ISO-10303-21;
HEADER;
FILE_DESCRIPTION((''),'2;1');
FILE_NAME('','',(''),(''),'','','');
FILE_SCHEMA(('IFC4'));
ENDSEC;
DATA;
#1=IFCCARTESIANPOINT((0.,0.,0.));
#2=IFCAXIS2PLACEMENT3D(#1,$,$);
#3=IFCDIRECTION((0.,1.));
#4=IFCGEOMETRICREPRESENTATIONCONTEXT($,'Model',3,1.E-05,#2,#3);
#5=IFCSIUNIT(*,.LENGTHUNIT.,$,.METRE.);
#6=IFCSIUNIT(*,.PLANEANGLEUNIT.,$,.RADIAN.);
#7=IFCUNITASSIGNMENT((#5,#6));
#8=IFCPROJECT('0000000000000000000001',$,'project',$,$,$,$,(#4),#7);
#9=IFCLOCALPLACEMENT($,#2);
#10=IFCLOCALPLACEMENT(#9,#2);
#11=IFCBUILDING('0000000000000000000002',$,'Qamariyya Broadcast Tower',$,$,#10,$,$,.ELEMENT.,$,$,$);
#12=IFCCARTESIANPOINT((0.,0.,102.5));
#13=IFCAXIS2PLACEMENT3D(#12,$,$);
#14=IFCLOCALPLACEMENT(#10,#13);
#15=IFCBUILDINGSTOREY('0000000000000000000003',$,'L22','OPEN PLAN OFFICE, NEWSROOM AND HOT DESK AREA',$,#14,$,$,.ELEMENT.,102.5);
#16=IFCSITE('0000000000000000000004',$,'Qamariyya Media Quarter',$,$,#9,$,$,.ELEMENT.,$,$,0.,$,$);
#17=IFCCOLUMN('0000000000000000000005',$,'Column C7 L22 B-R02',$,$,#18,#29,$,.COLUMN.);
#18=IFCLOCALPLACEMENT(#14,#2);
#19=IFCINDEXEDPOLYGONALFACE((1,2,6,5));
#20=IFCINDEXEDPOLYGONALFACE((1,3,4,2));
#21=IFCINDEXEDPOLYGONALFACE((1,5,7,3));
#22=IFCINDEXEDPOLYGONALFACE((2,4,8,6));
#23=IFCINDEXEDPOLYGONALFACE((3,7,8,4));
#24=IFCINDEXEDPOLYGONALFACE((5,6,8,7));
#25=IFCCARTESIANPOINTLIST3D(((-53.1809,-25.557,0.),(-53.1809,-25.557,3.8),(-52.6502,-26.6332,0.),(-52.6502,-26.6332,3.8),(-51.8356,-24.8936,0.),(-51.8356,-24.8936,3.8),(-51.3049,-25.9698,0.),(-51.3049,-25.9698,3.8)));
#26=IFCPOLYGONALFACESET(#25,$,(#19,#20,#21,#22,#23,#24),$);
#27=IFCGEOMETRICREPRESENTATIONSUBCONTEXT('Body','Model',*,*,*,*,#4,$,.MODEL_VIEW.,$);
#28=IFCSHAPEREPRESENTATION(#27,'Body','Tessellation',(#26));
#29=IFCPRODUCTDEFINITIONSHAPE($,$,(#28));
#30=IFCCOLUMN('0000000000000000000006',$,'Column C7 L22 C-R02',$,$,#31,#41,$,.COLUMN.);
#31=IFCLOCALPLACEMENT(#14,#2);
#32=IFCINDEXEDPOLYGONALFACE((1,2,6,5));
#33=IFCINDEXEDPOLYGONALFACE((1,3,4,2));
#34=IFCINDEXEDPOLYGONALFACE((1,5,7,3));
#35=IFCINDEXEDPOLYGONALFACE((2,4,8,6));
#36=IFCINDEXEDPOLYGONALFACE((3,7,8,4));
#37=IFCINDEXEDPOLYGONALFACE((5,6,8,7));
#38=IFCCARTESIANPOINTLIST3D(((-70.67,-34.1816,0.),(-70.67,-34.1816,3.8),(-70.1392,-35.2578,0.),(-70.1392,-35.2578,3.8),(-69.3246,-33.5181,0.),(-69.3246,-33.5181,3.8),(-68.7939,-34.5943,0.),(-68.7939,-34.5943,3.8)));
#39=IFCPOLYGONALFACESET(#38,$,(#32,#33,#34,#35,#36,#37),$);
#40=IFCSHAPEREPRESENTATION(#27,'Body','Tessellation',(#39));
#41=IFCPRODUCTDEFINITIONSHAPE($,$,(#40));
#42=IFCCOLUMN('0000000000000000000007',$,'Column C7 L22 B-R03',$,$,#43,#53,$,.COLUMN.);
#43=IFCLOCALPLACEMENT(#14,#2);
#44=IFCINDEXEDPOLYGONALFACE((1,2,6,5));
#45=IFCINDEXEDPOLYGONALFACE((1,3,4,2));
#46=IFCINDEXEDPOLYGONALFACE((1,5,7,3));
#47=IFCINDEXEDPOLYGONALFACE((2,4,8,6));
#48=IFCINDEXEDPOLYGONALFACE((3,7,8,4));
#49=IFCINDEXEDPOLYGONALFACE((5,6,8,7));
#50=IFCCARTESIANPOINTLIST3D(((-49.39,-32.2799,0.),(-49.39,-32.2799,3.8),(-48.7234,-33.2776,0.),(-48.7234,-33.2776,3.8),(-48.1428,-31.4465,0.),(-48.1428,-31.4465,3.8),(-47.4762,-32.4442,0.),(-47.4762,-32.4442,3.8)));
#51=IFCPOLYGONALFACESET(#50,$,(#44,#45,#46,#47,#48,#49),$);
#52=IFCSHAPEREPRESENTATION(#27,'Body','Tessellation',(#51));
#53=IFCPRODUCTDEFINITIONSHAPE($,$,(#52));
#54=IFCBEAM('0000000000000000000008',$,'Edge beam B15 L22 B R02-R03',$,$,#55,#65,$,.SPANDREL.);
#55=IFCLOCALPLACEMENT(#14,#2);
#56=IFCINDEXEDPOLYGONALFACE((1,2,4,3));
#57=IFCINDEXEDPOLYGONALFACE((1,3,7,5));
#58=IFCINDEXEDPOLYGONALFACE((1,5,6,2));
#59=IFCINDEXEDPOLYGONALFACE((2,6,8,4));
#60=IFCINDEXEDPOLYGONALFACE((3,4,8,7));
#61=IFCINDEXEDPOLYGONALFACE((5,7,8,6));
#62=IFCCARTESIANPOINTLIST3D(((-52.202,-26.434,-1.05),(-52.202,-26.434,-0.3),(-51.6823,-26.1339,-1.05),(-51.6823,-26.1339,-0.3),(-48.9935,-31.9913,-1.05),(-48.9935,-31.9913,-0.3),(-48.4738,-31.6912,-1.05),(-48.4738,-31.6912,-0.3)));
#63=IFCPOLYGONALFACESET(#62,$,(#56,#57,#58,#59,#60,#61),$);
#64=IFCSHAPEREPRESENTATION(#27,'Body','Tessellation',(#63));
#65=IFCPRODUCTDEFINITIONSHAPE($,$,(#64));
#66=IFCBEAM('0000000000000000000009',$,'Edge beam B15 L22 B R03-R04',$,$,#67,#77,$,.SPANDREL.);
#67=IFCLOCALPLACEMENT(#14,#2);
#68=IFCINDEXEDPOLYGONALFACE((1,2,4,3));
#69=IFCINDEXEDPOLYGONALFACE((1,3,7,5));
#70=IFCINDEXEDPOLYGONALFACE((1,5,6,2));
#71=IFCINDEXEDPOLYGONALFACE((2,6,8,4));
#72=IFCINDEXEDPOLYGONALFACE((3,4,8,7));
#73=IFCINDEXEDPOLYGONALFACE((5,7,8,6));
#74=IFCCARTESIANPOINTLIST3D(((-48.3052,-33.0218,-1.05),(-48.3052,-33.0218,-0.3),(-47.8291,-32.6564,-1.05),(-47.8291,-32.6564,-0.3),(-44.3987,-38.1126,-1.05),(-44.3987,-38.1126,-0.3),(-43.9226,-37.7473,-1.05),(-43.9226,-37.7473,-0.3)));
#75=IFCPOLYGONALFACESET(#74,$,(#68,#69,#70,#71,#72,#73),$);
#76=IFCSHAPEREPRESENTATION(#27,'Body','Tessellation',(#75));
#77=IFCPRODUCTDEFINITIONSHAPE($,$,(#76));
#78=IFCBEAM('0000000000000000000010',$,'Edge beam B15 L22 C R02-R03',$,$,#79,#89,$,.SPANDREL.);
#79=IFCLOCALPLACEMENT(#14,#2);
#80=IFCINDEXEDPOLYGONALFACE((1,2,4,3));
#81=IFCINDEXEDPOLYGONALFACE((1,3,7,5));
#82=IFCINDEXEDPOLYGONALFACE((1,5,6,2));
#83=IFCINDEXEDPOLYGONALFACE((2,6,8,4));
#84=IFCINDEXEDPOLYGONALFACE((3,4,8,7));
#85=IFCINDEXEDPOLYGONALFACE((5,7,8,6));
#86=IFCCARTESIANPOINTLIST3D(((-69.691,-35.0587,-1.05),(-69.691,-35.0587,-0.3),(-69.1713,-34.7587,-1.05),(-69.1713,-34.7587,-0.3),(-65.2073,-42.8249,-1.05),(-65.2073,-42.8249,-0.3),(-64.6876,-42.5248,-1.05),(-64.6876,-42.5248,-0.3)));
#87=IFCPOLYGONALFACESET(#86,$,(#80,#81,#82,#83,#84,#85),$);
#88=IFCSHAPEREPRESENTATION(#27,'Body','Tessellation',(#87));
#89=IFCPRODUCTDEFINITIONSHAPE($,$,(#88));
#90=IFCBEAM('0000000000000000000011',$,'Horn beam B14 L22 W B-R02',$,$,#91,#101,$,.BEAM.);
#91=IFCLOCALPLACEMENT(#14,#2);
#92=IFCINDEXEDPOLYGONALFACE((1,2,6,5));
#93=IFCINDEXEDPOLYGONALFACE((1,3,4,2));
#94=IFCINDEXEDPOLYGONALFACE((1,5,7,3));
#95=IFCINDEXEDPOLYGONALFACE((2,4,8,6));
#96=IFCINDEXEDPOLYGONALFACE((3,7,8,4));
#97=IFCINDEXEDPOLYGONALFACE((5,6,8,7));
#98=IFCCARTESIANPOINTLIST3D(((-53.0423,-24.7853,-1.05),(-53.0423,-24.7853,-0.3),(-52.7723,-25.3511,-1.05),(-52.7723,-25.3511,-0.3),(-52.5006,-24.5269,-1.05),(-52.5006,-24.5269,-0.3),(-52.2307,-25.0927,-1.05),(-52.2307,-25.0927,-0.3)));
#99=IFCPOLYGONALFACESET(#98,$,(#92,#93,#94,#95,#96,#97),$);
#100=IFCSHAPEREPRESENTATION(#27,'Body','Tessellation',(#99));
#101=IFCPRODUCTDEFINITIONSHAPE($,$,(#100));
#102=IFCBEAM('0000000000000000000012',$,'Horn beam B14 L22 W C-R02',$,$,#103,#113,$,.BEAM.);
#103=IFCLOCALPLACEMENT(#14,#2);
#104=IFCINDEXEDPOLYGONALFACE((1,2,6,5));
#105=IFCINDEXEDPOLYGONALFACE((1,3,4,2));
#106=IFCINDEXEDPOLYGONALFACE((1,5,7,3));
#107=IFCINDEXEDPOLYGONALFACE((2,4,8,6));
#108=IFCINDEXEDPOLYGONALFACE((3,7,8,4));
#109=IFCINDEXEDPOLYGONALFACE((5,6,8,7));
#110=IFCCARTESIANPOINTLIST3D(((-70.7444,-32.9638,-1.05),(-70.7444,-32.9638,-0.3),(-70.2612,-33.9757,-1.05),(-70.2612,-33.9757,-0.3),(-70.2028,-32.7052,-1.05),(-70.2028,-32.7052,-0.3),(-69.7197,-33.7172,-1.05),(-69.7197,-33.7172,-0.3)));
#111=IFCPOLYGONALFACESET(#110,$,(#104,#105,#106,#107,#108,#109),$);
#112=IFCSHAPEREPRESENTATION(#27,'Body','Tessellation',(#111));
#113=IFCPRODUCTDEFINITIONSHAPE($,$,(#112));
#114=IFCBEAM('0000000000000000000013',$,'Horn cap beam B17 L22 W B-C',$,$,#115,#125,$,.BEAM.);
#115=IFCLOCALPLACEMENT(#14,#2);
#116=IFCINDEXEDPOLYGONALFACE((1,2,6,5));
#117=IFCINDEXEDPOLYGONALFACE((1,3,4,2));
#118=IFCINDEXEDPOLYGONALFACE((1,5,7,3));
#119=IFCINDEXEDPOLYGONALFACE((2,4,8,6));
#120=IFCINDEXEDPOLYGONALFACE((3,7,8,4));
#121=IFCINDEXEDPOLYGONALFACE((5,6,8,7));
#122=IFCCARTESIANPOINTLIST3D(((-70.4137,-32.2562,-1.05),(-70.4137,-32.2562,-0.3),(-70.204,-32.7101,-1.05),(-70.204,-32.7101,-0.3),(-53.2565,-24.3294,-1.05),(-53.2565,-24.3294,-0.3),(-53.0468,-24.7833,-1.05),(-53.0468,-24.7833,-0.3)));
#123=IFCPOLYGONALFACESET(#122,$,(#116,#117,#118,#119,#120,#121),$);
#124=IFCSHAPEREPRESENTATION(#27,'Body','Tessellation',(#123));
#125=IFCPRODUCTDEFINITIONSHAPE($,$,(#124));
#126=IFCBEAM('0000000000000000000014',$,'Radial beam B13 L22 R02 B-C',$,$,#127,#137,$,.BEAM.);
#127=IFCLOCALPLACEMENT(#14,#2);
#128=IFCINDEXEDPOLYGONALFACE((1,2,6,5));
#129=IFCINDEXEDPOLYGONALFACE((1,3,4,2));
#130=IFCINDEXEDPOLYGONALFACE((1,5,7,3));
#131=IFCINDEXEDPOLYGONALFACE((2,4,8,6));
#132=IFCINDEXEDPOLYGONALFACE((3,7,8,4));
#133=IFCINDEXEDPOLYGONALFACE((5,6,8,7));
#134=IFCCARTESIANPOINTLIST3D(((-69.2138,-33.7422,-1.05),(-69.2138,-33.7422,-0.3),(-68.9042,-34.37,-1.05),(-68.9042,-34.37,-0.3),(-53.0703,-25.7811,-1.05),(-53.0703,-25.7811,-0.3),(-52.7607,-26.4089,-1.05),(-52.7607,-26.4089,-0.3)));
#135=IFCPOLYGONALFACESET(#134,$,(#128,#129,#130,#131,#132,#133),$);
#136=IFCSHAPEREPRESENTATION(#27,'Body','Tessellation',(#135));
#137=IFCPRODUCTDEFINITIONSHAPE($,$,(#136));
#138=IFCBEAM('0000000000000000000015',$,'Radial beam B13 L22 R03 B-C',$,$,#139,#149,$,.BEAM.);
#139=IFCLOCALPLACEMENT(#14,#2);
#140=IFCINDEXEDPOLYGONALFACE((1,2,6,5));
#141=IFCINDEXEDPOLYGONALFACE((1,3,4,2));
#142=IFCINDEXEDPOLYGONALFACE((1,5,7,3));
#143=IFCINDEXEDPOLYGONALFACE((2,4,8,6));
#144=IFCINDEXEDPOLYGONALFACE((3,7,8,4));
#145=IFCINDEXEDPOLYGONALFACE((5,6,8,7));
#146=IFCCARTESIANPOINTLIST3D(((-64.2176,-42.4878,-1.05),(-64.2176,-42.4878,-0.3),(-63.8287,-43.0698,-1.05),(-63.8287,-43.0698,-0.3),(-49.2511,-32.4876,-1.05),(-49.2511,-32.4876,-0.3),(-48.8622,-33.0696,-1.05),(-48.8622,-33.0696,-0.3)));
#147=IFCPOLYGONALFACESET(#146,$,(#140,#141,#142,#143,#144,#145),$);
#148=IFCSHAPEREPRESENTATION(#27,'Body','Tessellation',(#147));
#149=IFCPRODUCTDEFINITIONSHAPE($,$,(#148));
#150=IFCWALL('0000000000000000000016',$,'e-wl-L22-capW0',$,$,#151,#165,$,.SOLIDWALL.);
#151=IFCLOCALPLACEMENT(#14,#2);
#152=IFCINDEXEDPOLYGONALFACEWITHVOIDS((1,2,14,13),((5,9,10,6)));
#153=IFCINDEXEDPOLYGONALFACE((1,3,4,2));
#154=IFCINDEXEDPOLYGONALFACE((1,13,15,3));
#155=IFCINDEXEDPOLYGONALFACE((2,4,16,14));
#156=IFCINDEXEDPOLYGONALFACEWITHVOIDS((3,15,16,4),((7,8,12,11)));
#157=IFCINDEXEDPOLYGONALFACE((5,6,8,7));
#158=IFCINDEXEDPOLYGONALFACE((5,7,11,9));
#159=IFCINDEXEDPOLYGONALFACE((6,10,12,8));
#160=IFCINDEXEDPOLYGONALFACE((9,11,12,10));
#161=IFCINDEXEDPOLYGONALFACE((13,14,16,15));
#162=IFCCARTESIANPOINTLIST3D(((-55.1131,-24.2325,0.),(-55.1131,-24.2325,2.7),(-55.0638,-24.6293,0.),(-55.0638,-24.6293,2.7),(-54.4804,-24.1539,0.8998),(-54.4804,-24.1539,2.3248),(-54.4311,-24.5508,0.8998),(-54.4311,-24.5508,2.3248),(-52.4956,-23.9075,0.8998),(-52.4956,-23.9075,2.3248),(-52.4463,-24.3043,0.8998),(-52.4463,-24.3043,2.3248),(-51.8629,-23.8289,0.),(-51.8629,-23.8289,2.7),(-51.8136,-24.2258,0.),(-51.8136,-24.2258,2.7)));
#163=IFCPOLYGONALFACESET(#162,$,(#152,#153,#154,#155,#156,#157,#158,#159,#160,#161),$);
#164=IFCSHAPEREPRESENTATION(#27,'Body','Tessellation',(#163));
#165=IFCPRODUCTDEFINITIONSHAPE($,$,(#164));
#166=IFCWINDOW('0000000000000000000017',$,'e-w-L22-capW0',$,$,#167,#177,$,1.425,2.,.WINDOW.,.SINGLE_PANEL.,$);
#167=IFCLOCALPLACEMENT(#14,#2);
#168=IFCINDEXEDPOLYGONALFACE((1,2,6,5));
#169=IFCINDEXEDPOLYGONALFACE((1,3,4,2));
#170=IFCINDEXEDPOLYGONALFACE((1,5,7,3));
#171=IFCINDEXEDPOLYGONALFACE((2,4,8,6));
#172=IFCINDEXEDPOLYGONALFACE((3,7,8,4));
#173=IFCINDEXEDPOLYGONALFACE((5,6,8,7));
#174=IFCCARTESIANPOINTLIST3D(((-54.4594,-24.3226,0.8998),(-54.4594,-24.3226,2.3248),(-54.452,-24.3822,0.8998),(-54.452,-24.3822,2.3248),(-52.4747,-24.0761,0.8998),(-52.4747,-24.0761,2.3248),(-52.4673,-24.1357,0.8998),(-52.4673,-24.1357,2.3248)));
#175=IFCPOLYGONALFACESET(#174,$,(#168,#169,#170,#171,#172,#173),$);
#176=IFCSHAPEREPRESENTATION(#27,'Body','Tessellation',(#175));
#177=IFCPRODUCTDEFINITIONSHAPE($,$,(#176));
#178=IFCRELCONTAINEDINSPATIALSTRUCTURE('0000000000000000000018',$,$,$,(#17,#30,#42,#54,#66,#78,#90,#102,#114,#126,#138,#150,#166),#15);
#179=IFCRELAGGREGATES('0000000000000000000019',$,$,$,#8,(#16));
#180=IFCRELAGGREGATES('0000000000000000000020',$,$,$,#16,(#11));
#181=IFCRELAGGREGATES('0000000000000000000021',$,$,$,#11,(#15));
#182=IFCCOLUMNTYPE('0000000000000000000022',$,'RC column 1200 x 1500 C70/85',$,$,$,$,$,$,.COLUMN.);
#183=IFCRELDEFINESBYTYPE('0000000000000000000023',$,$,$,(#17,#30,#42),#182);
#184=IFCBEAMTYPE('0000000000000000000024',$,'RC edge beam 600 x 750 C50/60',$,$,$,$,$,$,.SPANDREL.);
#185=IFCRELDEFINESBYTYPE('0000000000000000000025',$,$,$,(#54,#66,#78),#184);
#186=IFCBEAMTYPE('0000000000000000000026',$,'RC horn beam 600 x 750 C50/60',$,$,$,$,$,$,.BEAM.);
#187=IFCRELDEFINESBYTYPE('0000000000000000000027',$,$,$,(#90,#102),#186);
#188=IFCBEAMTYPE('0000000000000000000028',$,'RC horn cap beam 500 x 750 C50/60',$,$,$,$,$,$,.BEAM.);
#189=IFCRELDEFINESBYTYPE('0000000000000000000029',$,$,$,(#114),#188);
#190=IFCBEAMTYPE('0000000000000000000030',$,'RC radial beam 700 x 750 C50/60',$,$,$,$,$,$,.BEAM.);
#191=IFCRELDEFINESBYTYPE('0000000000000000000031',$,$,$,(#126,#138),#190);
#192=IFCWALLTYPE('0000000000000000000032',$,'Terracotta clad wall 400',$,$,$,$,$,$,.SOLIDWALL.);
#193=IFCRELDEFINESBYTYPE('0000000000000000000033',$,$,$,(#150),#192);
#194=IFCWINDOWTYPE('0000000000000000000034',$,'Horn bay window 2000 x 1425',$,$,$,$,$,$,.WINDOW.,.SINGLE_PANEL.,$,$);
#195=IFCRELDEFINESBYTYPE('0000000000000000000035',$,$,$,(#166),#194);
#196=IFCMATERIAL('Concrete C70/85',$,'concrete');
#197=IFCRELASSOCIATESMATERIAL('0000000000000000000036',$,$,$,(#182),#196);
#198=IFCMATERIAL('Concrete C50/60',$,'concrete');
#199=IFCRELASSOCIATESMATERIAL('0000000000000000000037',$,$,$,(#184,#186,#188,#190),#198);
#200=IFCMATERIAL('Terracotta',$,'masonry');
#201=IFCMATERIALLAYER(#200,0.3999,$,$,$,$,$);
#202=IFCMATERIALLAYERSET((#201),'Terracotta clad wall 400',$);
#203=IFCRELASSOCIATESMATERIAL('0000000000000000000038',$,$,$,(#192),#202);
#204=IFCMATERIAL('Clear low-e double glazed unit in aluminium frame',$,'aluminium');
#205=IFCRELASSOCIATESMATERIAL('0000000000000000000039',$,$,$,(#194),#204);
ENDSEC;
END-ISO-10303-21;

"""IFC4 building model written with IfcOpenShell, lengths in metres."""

from ifc_helpers import new_model, si_unit, direction, frame, frame_2d, origin, origin_2d, place, context, subcontext, project, spatial, rectangle, extrude, material, layer, layer_set, material_profile, profile_set, type_object, element, fill, save


model = new_model("IFC4")

# Units and contexts
model_context = context("Model", 3, precision=1e-05, world=origin(), true_north=direction((0.0, 1.0)))
body_context = subcontext(model_context, "Body", "Model", "MODEL_VIEW")
ifc_project = project(units=[si_unit("LENGTHUNIT", "METRE"), si_unit("PLANEANGLEUNIT", "RADIAN")], contexts=[model_context])

# Site, building, storey
site_placement = place(None, origin())
site = spatial("IfcSite", under=ifc_project, at=site_placement, Name="Qamariyya Media Quarter", CompositionType="ELEMENT", RefElevation=0.0)
building_placement = place(site_placement, origin())
building = spatial("IfcBuilding", under=site, at=building_placement, Name="Qamariyya Broadcast Tower", CompositionType="ELEMENT")
storey_placement = place(building_placement, frame((0.0, 0.0, 102.5)))
storey = spatial("IfcBuildingStorey", under=building, at=storey_placement, Name="L22", Description="OPEN PLAN OFFICE, NEWSROOM AND HOT DESK AREA", CompositionType="ELEMENT", Elevation=102.5)

# Columns
ifc_material_1 = material(Name="Concrete C70/85", Category="concrete")
ifc_material_profile_1 = material_profile(ifc_material_1, rectangle(XDim=1.2, YDim=1.5, at=origin_2d()))
ifc_profile_set_1 = profile_set([ifc_material_profile_1], Name="Concrete C70/85")
column_type = type_object("IfcColumnType", Name="RC column 1200 x 1500 C70/85", PredefinedType="COLUMN", material=ifc_profile_set_1)
for number, where, z_axis, x_axis, name in (
    (1, (-52.2429, -25.7634, 0.0), (0.0, 0.0, 1.0), (0.442289, -0.896873, 0.0), "Column C7 L22 B-R02"),
    (2, (-69.7319, -34.3879, 0.0), (0.0, 0.0, 1.0), (0.442289, -0.896873, 0.0), "Column C7 L22 C-R02"),
    (3, (-48.4331, -32.3621, 0.0), (0.0, 0.0, 1.0), (0.55557, -0.83147, 0.0), "Column C7 L22 B-R03"),
):
    element("IfcColumn", number, at=place(storey_placement, frame(where, z_axis=z_axis, x_axis=x_axis)), inside=storey, type_object=column_type, Name=name, PredefinedType="COLUMN", context=body_context, shape_type="SweptSolid", body=[
        extrude(rectangle(XDim=1.2, YDim=1.5, at=origin_2d()), origin(), (0.0, 0.0, 1.0), 3.8),
    ])

# Beams
ifc_material_2 = material(Name="Concrete C50/60", Category="concrete")
ifc_material_profile_2 = material_profile(ifc_material_2, rectangle(XDim=0.6001, YDim=0.75, at=origin_2d()))
ifc_profile_set_2 = profile_set([ifc_material_profile_2], Name="Concrete C50/60")
beam_type_1 = type_object("IfcBeamType", Name="RC edge beam 600 x 750 C50/60", PredefinedType="SPANDREL", material=ifc_profile_set_2)
for number, where, z_axis, x_axis, name in (
    (4, (-51.9421, -26.2839, -0.675), (0.499994, -0.866029, 0.0), (0.866029, 0.499994, 0.0), "Edge beam B15 L22 B R02-R03"),
    (5, (-48.0671, -32.8391, -0.675), (0.608778, -0.793341, 0.0), (0.793341, 0.608778, 0.0), "Edge beam B15 L22 B R03-R04"),
):
    element("IfcBeam", number, at=place(storey_placement, frame(where, z_axis=z_axis, x_axis=x_axis)), inside=storey, type_object=beam_type_1, Name=name, PredefinedType="SPANDREL", context=body_context, shape_type="SweptSolid", body=[
        extrude(rectangle(XDim=0.6001, YDim=0.75, at=origin_2d()), origin(), (0.0, 0.0, 1.0), 6.417),
    ])
beam_1_placement = place(storey_placement, frame((-69.4312, -34.9087, -0.675), z_axis=(0.49999, -0.866031, 0.0), x_axis=(0.866031, 0.49999, 0.0)))
element("IfcBeam", 6, at=beam_1_placement, inside=storey, type_object=beam_type_1, Name="Edge beam B15 L22 C R02-R03", PredefinedType="SPANDREL", context=body_context, shape_type="SweptSolid", body=[
    extrude(rectangle(XDim=0.6001, YDim=0.75, at=origin_2d()), origin(), (0.0, 0.0, 1.0), 8.9675),
])
ifc_material_profile_3 = material_profile(ifc_material_2, rectangle(XDim=0.6001, YDim=0.75, at=origin_2d()))
ifc_profile_set_3 = profile_set([ifc_material_profile_3], Name="Concrete C50/60")
beam_type_2 = type_object("IfcBeamType", Name="RC horn beam 600 x 750 C50/60", PredefinedType="BEAM", material=ifc_profile_set_3)
beam_2_placement = place(storey_placement, frame((-52.5015, -25.2219, -0.675), z_axis=(-0.430629, 0.902529, 0.0), x_axis=(-0.902529, -0.430629, 0.0)))
element("IfcBeam", 7, at=beam_2_placement, inside=storey, type_object=beam_type_2, Name="Horn beam B14 L22 W B-R02", PredefinedType="BEAM", context=body_context, shape_type="SweptSolid", body=[
    extrude(rectangle(XDim=0.6001, YDim=0.75, at=origin_2d()), origin(), (0.0, 0.0, 1.0), 0.627),
])
beam_3_placement = place(storey_placement, frame((-69.9905, -33.8464, -0.675), z_axis=(-0.430855, 0.902421, 0.0), x_axis=(-0.902421, -0.430855, 0.0)))
element("IfcBeam", 8, at=beam_3_placement, inside=storey, type_object=beam_type_2, Name="Horn beam B14 L22 W C-R02", PredefinedType="BEAM", context=body_context, shape_type="SweptSolid", body=[
    extrude(rectangle(XDim=0.6001, YDim=0.75, at=origin_2d()), origin(), (0.0, 0.0, 1.0), 1.1213),
])
ifc_material_profile_4 = material_profile(ifc_material_2, rectangle(XDim=0.5, YDim=0.75, at=origin_2d()))
ifc_profile_set_4 = profile_set([ifc_material_profile_4], Name="Concrete C50/60")
beam_type_3 = type_object("IfcBeamType", Name="RC horn cap beam 500 x 750 C50/60", PredefinedType="BEAM", material=ifc_profile_set_4)
beam_4_placement = place(storey_placement, frame((-53.1516, -24.5564, -0.675), z_axis=(-0.907798, -0.419409, 0.0), x_axis=(0.419409, -0.907798, 0.0)))
element("IfcBeam", 9, at=beam_4_placement, inside=storey, type_object=beam_type_3, Name="Horn cap beam B17 L22 W B-C", PredefinedType="BEAM", context=body_context, shape_type="SweptSolid", body=[
    extrude(rectangle(XDim=0.5, YDim=0.75, at=origin_2d()), origin(), (0.0, 0.0, 1.0), 18.8999),
])
ifc_material_profile_5 = material_profile(ifc_material_2, rectangle(XDim=0.7, YDim=0.75, at=origin_2d()))
ifc_profile_set_5 = profile_set([ifc_material_profile_5], Name="Concrete C50/60")
beam_type_4 = type_object("IfcBeamType", Name="RC radial beam 700 x 750 C50/60", PredefinedType="BEAM", material=ifc_profile_set_5)
beam_5_placement = place(storey_placement, frame((-52.9155, -26.095, -0.675), z_axis=(-0.896871, -0.442291, 0.0), x_axis=(0.442291, -0.896871, 0.0)))
element("IfcBeam", 10, at=beam_5_placement, inside=storey, type_object=beam_type_4, Name="Radial beam B13 L22 R02 B-C", PredefinedType="BEAM", context=body_context, shape_type="SweptSolid", body=[
    extrude(rectangle(XDim=0.7, YDim=0.75, at=origin_2d()), origin(), (0.0, 0.0, 1.0), 17.9998),
])
beam_6_placement = place(storey_placement, frame((-49.0566, -32.7786, -0.675), z_axis=(-0.831472, -0.555567, 0.0), x_axis=(0.555567, -0.831472, 0.0)))
element("IfcBeam", 11, at=beam_6_placement, inside=storey, type_object=beam_type_4, Name="Radial beam B13 L22 R03 B-C", PredefinedType="BEAM", context=body_context, shape_type="SweptSolid", body=[
    extrude(rectangle(XDim=0.7, YDim=0.75, at=origin_2d()), origin(), (0.0, 0.0, 1.0), 18.0),
])

# Wall, opening, window
ifc_material_3 = material(Name="Terracotta", Category="masonry")
ifc_layer = layer(ifc_material_3, 0.3999)
ifc_layer_set = layer_set([ifc_layer], Name="Terracotta clad wall 400")
wall_type = type_object("IfcWallType", Name="Terracotta clad wall 400", PredefinedType="SOLIDWALL", material=ifc_layer_set)
wall_1_placement = place(storey_placement, frame((-51.8381, -24.0273, 0.0), z_axis=(0.0, 0.0, 1.0), x_axis=(-0.99238, -0.123218, 0.0)))
wall_1 = element("IfcWall", 12, at=wall_1_placement, inside=storey, type_object=wall_type, Name="e-wl-L22-capW0", PredefinedType="SOLIDWALL", context=body_context, shape_type="SweptSolid", body=[
    extrude(rectangle(XDim=3.2751, YDim=0.3999, at=frame_2d((1.6377, 0.0))), origin(), (0.0, 0.0, 1.0), 2.7),
])
opening_1_placement = place(wall_1_placement, frame((0.6377, 0.0, 0.8999)))
opening_1 = element("IfcOpeningElement", 13, at=opening_1_placement, cuts=wall_1, PredefinedType="OPENING", context=body_context, shape_type="SweptSolid", body=[
    extrude(rectangle(XDim=2.0, YDim=1.425, at=frame_2d((1.0, 0.7124))), frame((0.0, 0.21, 0.0), z_axis=(0.0, -1.0, 0.0), x_axis=(1.0, 0.0, 0.0)), (0.0, 0.0, 1.0), 0.4199),
])
ifc_material_4 = material(Name="Clear low-e double glazed unit in aluminium frame", Category="aluminium")
window_type_1 = type_object("IfcWindowType", Name="Horn bay window 2000 x 1425", PartitioningType="SINGLE_PANEL", PredefinedType="WINDOW", material=ifc_material_4)
window_1_placement = place(opening_1_placement, origin())
window_1 = element("IfcWindow", 14, at=window_1_placement, inside=storey, type_object=window_type_1, Name="e-w-L22-capW0", OverallHeight=1.425, OverallWidth=2.0, PartitioningType="SINGLE_PANEL", PredefinedType="WINDOW", context=body_context, shape_type="SweptSolid", body=[
    extrude(rectangle(XDim=2.0, YDim=1.425, at=frame_2d((1.0, 0.7124))), frame((0.0, 0.03, 0.0), z_axis=(0.0, -1.0, 0.0), x_axis=(1.0, 0.0, 0.0)), (0.0, 0.0, 1.0), 0.0601),
])
fill(opening_1, window_1)

save(model, "model.ifc")
